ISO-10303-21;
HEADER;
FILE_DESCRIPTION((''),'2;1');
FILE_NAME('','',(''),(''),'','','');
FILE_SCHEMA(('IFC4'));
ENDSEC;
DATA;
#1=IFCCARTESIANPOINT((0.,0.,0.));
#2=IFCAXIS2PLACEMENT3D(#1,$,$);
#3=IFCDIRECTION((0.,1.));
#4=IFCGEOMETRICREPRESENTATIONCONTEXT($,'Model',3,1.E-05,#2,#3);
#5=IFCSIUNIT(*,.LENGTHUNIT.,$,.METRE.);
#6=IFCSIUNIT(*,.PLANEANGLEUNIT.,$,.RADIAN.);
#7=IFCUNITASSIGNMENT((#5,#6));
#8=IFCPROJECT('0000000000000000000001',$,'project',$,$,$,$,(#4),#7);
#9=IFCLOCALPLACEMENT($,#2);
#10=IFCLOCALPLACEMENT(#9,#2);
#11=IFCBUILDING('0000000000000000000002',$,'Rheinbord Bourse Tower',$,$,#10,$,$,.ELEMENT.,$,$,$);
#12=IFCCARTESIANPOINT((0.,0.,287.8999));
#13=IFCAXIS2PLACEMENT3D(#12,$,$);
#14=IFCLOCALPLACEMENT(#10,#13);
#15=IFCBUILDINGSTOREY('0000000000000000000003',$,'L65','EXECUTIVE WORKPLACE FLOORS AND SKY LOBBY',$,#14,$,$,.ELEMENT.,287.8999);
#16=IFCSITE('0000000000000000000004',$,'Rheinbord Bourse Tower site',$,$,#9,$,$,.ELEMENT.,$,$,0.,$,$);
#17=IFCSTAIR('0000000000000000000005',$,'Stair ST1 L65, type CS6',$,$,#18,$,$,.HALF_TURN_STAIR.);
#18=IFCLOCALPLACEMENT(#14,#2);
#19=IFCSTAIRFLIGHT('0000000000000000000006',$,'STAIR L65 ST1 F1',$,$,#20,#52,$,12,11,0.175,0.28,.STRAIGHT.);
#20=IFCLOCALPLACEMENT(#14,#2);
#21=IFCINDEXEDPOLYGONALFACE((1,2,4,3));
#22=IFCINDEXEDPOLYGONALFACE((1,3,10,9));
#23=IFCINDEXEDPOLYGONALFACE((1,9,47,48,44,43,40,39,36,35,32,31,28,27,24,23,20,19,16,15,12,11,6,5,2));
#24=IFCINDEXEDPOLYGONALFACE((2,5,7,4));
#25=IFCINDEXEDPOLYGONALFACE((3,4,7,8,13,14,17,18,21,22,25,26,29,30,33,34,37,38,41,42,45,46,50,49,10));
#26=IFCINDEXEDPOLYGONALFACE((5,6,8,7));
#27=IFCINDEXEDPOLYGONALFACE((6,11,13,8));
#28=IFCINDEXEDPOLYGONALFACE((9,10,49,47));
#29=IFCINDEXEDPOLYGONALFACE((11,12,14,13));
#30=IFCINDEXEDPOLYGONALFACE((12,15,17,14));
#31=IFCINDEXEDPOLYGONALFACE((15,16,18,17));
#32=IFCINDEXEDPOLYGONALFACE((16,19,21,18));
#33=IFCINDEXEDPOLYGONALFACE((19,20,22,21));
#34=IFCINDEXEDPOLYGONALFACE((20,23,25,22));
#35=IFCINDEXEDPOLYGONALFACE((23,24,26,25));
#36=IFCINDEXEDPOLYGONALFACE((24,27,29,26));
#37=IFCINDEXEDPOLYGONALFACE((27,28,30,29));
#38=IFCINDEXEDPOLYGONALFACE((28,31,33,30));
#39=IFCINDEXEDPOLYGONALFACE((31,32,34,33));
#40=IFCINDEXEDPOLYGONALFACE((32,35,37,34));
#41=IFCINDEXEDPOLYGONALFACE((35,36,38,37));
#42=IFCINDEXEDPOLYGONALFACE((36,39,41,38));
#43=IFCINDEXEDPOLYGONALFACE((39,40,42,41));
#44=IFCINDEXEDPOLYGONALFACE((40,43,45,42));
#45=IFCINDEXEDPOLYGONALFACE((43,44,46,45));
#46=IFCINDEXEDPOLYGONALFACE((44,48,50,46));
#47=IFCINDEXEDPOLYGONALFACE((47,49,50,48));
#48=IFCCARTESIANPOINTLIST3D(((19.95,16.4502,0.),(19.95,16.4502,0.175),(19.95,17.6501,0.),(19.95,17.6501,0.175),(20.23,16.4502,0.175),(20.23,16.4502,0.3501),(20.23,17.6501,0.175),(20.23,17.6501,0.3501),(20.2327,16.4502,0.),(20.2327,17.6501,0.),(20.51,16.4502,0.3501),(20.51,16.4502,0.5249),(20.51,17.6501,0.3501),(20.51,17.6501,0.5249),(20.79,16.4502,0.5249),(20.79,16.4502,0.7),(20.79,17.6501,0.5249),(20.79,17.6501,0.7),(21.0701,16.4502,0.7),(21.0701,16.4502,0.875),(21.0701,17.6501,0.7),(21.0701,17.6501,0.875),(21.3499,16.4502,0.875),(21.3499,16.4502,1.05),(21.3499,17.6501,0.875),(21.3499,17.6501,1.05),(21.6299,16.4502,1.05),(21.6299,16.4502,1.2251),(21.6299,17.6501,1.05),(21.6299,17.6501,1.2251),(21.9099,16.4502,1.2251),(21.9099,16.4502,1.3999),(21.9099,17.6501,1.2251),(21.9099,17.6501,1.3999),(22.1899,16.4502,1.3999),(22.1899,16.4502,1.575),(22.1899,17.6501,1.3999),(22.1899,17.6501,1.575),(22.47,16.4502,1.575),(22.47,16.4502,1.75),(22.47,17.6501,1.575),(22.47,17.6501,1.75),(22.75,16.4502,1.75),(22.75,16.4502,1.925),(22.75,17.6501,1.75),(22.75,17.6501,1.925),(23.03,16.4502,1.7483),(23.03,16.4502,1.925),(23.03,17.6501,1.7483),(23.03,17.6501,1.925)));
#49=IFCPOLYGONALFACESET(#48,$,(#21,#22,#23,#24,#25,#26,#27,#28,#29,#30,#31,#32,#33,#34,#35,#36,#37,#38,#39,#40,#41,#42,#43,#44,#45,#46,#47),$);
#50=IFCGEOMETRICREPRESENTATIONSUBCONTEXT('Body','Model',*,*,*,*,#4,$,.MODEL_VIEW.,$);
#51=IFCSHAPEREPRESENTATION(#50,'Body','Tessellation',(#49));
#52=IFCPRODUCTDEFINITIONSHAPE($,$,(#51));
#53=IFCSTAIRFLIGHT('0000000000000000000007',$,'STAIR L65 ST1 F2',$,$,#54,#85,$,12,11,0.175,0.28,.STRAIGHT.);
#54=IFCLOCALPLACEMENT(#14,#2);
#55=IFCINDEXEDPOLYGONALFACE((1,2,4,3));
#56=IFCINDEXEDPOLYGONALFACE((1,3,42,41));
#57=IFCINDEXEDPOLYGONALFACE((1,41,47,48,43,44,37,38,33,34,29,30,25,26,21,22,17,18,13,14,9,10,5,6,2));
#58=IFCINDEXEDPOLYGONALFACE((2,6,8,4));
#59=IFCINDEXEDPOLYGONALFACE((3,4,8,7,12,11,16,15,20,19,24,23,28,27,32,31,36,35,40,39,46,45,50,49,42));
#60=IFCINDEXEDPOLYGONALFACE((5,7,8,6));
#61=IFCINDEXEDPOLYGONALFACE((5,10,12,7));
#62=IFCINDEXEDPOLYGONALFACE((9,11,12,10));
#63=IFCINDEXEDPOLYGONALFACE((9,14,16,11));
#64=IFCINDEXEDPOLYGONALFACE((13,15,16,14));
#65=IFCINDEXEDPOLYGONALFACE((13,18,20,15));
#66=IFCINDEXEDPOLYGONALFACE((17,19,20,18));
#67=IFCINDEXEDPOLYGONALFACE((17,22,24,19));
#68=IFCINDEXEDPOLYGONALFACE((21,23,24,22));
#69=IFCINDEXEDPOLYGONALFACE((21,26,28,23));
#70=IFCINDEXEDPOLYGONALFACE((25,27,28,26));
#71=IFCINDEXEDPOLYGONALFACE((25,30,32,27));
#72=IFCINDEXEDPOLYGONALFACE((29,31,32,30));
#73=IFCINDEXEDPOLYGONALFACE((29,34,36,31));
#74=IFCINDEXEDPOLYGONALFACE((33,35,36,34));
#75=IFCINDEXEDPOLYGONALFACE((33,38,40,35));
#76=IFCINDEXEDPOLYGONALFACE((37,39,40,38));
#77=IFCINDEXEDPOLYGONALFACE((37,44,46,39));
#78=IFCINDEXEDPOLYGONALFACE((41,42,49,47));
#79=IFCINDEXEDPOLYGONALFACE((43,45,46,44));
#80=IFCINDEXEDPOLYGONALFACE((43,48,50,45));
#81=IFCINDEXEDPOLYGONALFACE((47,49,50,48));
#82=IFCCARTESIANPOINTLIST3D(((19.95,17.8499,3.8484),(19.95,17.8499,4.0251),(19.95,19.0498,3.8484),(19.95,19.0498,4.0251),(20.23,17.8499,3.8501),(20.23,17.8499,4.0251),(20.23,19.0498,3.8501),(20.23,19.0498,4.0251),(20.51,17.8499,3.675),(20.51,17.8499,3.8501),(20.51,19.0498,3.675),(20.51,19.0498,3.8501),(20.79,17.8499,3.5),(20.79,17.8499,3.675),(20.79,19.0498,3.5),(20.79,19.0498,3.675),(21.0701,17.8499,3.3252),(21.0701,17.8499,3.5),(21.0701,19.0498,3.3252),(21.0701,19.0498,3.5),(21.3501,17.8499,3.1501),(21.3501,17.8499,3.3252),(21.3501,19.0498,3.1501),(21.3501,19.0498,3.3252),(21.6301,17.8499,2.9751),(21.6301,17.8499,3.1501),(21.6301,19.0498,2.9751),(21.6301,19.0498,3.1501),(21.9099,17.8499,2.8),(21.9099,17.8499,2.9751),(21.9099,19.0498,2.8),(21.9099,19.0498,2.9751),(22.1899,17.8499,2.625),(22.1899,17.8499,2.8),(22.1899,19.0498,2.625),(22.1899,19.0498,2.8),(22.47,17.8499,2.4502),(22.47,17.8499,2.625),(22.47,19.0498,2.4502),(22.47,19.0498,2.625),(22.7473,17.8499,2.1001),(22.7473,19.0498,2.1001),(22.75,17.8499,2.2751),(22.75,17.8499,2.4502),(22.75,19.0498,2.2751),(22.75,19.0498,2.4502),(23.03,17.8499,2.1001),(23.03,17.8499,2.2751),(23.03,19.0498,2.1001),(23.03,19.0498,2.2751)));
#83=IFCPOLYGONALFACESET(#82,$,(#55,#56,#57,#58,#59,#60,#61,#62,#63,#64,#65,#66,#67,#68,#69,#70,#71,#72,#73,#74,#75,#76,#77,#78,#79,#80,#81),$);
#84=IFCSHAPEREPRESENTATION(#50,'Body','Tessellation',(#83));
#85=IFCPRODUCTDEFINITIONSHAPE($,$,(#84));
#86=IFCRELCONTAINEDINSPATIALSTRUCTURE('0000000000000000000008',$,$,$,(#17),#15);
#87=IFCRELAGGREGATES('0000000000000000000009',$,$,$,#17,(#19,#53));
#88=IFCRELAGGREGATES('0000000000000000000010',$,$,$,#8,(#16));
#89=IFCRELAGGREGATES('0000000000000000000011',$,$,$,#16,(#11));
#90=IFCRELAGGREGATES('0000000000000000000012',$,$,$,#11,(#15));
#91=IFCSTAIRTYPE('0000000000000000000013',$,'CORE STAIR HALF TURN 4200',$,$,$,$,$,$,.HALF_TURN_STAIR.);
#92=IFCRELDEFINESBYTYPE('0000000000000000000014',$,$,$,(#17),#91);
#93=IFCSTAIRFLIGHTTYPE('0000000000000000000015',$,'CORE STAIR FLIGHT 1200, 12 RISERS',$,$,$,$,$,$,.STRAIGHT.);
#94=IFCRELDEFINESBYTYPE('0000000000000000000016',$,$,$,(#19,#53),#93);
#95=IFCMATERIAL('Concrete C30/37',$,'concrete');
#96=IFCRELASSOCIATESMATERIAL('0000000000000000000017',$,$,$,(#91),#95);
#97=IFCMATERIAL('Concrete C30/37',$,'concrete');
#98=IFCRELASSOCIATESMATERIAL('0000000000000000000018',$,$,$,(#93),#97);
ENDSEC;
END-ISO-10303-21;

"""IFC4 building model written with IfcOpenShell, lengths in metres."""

from ifc_helpers import new_model, si_unit, direction, frame, origin, place, context, subcontext, project, spatial, polyline, outline, extrude, material, type_object, element, aggregate, save


model = new_model("IFC4")

# Units and contexts
model_context = context("Model", 3, precision=1e-05, world=origin(), true_north=direction((0.0, 1.0)))
body_context = subcontext(model_context, "Body", "Model", "MODEL_VIEW")
ifc_project = project(units=[si_unit("LENGTHUNIT", "METRE"), si_unit("PLANEANGLEUNIT", "RADIAN")], contexts=[model_context])

# Site, building, storey
site_placement = place(None, origin())
site = spatial("IfcSite", under=ifc_project, at=site_placement, Name="Rheinbord Bourse Tower site", CompositionType="ELEMENT", RefElevation=0.0)
building_placement = place(site_placement, origin())
building = spatial("IfcBuilding", under=site, at=building_placement, Name="Rheinbord Bourse Tower", CompositionType="ELEMENT")
storey_placement = place(building_placement, frame((0.0, 0.0, 287.8999)))
storey = spatial("IfcBuildingStorey", under=building, at=storey_placement, Name="L65", Description="EXECUTIVE WORKPLACE FLOORS AND SKY LOBBY", CompositionType="ELEMENT", Elevation=287.8999)

# Stair, stair flights
ifc_material_1 = material(Name="Concrete C30/37", Category="concrete")
stair_type = type_object("IfcStairType", Name="CORE STAIR HALF TURN 4200", PredefinedType="HALF_TURN_STAIR", material=ifc_material_1)
stair_placement = place(storey_placement, origin())
stair = element("IfcStair", 1, at=stair_placement, inside=storey, type_object=stair_type, Name="Stair ST1 L65, type CS6", PredefinedType="HALF_TURN_STAIR")
ifc_material_2 = material(Name="Concrete C30/37", Category="concrete")
stair_flight_type = type_object("IfcStairFlightType", Name="CORE STAIR FLIGHT 1200, 12 RISERS", PredefinedType="STRAIGHT", material=ifc_material_2)
stair_flight_1_placement = place(storey_placement, frame((19.95, 17.05, 0.0), z_axis=(0.0, 0.0, 1.0), x_axis=(1.0, 0.0, 0.0)))
stair_flight_1 = element("IfcStairFlight", 2, at=stair_flight_1_placement, type_object=stair_flight_type, Name="STAIR L65 ST1 F1", NumberOfRisers=12, NumberOfTreads=11, PredefinedType="STRAIGHT", RiserHeight=0.175, TreadLength=0.28, context=body_context, shape_type="SweptSolid", body=[
    extrude(outline(polyline([(0.0, 0.0), (0.0, 0.175), (0.28, 0.175), (0.28, 0.3501), (0.5601, 0.3501), (0.5601, 0.5249), (0.8401, 0.5249), (0.8401, 0.7), (1.1201, 0.7), (1.1201, 0.875), (1.3999, 0.875), (1.3999, 1.05), (1.6799, 1.05), (1.6799, 1.2251), (1.96, 1.2251), (1.96, 1.3999), (2.24, 1.3999), (2.24, 1.575), (2.52, 1.575), (2.52, 1.75), (2.8, 1.75), (2.8, 1.925), (3.0801, 1.925), (3.0801, 2.1001), (3.0801, 1.7483), (0.2827, 0.0), (0.0, 0.0)])), frame((0.0, 0.6001, 0.0), z_axis=(0.0, -1.0, 0.0), x_axis=(1.0, 0.0, 0.0)), (0.0, 0.0, 1.0), 1.2),
])
stair_flight_2_placement = place(storey_placement, frame((23.03, 18.45, 2.1001), z_axis=(0.0, 0.0, 1.0), x_axis=(-1.0, 0.0, 0.0)))
stair_flight_2 = element("IfcStairFlight", 3, at=stair_flight_2_placement, type_object=stair_flight_type, Name="STAIR L65 ST1 F2", NumberOfRisers=12, NumberOfTreads=11, PredefinedType="STRAIGHT", RiserHeight=0.175, TreadLength=0.28, context=body_context, shape_type="SweptSolid", body=[
    extrude(outline(polyline([(0.0, 0.0), (0.0, 0.175), (0.28, 0.175), (0.28, 0.3501), (0.5601, 0.3501), (0.5601, 0.5249), (0.8401, 0.5249), (0.8401, 0.7), (1.1201, 0.7), (1.1201, 0.875), (1.3999, 0.875), (1.3999, 1.05), (1.6799, 1.05), (1.6799, 1.2251), (1.96, 1.2251), (1.96, 1.3999), (2.24, 1.3999), (2.24, 1.575), (2.52, 1.575), (2.52, 1.75), (2.8, 1.75), (2.8, 1.925), (3.0801, 1.925), (3.0801, 2.1001), (3.0801, 1.7483), (0.2827, 0.0), (0.0, 0.0)])), frame((0.0, 0.6001, 0.0), z_axis=(0.0, -1.0, 0.0), x_axis=(1.0, 0.0, 0.0)), (0.0, 0.0, 1.0), 1.2),
])
aggregate(stair, [stair_flight_1, stair_flight_2])

save(model, "model.ifc")
